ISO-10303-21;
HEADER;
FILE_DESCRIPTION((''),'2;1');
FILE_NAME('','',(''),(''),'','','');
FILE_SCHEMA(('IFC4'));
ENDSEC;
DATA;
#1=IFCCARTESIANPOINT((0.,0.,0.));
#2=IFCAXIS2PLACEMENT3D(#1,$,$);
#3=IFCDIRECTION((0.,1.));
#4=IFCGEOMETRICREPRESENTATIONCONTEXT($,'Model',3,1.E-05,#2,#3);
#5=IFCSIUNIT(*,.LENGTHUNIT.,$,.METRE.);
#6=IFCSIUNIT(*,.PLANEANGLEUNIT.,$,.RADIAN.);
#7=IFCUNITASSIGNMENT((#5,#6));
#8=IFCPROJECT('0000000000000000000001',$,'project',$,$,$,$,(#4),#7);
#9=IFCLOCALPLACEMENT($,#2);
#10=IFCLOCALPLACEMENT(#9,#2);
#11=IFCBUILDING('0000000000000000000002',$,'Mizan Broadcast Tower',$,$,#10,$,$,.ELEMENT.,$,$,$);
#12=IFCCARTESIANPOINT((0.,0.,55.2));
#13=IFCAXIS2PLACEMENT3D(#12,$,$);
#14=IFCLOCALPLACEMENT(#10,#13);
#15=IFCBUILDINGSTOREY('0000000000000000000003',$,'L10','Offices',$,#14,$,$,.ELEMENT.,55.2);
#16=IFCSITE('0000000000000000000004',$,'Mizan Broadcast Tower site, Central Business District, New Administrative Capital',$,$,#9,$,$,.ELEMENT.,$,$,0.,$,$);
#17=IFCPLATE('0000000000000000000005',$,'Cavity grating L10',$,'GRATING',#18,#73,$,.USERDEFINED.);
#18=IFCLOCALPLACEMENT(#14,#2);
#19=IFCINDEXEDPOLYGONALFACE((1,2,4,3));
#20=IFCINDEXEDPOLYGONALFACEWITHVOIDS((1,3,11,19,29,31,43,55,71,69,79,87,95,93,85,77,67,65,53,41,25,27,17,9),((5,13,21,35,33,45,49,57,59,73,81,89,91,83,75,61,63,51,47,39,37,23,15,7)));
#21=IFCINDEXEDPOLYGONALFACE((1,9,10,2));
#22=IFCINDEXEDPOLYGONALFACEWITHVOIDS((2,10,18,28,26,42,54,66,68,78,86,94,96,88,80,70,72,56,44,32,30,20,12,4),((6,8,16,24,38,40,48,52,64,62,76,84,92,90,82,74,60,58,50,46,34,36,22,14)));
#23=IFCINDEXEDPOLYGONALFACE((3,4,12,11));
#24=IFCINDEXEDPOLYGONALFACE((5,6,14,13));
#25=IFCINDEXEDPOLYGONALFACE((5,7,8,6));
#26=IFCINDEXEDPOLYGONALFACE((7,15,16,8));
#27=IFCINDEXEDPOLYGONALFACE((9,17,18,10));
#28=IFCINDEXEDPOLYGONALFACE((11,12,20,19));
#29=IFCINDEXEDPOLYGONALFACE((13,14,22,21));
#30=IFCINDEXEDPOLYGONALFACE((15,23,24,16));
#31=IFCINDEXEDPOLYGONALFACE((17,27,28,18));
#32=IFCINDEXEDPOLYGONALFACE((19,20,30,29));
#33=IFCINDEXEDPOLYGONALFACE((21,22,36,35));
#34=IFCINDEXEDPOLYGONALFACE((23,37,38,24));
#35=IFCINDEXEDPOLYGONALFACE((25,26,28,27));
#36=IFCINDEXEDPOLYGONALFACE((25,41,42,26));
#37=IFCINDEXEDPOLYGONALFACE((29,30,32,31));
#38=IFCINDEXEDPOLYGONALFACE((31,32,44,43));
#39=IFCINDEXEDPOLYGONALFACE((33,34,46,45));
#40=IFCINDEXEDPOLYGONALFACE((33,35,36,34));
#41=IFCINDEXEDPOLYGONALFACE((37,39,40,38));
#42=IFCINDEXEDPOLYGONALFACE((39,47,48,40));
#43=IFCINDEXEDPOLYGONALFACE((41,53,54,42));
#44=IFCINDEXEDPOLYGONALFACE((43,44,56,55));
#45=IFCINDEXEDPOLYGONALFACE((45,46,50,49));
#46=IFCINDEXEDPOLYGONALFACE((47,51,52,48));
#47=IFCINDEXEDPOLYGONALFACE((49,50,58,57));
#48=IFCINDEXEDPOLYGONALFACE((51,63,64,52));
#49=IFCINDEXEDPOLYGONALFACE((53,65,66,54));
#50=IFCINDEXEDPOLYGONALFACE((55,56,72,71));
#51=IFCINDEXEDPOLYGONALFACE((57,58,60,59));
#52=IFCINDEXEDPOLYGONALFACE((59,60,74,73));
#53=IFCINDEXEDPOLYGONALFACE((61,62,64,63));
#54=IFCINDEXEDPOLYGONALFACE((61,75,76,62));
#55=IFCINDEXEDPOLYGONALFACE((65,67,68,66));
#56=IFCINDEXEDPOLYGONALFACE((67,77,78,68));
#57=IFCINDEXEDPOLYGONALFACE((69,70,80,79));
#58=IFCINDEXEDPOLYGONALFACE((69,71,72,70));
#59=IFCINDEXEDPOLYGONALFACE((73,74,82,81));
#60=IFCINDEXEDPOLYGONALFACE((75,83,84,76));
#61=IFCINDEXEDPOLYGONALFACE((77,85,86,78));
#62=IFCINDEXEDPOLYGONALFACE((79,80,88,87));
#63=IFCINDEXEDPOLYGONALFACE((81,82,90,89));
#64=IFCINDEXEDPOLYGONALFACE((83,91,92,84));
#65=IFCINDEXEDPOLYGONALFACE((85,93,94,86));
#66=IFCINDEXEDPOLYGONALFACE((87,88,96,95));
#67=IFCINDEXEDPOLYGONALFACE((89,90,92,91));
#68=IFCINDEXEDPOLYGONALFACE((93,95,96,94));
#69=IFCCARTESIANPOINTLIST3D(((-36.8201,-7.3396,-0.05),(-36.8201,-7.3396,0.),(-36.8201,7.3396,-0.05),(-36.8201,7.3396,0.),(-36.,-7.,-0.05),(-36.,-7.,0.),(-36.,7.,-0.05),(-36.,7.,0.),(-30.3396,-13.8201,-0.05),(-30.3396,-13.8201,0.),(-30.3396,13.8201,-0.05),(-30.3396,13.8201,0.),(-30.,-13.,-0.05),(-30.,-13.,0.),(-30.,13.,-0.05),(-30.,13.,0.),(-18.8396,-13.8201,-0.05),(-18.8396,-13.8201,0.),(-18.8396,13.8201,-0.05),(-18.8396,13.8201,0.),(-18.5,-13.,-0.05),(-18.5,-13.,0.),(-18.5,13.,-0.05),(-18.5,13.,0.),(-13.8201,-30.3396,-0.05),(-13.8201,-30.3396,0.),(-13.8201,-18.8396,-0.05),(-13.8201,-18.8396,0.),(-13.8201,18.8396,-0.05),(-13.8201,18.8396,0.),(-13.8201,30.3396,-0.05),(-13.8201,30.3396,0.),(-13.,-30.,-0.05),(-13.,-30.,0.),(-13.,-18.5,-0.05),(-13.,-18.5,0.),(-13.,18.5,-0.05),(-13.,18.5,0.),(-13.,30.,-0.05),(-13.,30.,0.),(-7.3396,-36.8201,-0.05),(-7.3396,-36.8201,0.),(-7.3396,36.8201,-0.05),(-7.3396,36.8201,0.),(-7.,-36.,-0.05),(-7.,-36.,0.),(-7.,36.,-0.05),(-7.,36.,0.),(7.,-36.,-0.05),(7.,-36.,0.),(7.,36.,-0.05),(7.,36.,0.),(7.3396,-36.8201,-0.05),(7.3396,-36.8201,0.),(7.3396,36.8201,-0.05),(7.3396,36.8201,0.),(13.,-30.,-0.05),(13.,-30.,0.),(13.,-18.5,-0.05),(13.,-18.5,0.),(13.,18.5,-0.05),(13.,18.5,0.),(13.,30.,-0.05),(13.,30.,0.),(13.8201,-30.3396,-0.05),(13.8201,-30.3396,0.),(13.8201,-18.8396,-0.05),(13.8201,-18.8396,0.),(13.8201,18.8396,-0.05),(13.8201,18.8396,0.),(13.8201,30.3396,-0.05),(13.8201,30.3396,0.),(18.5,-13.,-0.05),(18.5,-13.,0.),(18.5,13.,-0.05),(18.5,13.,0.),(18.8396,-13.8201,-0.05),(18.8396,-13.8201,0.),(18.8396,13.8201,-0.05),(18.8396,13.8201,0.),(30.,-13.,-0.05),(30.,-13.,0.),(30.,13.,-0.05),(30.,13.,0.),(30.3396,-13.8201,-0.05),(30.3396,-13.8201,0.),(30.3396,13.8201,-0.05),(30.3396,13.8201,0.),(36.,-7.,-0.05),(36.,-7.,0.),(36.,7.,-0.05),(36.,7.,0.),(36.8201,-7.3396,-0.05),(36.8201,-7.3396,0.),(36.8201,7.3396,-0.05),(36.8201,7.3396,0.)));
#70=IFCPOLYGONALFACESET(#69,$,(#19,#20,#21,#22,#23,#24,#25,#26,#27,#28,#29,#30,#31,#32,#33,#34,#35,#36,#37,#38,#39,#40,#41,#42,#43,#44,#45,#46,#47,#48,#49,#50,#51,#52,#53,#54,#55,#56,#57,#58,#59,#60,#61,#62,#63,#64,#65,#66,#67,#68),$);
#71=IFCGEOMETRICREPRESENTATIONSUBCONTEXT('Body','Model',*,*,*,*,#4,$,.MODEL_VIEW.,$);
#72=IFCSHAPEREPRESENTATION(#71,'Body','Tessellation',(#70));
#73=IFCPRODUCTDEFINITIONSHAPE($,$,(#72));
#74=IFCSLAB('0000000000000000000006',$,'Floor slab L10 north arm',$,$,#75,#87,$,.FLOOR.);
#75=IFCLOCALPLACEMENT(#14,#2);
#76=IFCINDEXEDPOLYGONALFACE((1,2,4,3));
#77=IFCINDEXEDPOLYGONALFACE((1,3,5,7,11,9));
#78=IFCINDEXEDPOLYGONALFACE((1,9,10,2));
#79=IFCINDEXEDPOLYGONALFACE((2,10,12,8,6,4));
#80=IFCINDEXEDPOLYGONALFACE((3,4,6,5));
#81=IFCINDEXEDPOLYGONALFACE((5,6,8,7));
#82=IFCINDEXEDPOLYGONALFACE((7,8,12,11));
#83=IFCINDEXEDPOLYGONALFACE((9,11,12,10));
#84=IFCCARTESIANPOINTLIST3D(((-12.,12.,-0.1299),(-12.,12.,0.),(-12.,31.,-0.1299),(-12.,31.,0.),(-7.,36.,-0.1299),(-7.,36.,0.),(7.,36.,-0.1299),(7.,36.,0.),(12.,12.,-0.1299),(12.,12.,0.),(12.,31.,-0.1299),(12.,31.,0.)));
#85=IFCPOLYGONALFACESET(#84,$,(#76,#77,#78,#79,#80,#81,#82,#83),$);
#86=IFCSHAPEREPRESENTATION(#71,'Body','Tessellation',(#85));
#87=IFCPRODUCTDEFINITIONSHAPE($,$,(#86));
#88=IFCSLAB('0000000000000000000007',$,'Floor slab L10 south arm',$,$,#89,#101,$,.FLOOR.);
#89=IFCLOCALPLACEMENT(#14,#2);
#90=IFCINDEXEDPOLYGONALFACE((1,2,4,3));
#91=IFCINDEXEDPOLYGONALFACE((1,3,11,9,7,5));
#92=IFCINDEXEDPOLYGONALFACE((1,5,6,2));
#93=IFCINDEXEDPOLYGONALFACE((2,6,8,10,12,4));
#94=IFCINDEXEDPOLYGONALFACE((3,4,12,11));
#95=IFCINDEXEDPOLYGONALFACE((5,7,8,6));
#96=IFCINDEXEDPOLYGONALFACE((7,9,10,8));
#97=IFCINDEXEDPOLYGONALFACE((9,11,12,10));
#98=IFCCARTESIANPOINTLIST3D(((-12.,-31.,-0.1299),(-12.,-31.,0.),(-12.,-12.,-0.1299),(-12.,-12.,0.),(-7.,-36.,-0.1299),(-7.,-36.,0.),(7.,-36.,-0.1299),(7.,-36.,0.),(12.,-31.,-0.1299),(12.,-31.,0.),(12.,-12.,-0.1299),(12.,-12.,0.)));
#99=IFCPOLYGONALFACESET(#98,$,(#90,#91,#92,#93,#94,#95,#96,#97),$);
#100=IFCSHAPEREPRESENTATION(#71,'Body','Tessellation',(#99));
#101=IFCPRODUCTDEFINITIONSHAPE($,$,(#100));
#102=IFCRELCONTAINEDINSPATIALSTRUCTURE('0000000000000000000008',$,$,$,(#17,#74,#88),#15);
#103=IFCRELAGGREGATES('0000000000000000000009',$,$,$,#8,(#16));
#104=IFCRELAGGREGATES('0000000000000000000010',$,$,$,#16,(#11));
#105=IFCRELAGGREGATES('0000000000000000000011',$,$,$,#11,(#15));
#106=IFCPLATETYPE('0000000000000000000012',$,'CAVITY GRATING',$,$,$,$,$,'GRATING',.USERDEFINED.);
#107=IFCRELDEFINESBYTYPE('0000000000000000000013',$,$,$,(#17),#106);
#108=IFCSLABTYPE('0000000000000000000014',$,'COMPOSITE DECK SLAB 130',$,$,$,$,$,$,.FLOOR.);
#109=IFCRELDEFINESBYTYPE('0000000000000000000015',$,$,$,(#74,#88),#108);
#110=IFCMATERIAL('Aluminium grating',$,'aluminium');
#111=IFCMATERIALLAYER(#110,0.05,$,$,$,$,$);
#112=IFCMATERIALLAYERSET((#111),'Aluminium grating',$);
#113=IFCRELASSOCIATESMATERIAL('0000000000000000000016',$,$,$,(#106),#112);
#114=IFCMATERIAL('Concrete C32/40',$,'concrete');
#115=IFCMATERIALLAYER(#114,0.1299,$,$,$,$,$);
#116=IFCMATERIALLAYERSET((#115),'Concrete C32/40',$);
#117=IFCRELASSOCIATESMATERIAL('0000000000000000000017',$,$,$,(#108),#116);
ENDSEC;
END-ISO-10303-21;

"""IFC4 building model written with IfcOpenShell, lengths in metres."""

from ifc_helpers import new_model, si_unit, direction, frame, origin, place, context, subcontext, project, spatial, polyline, outline, extrude, material, layer, layer_set, type_object, element, save


model = new_model("IFC4")

# Units and contexts
model_context = context("Model", 3, precision=1e-05, world=origin(), true_north=direction((0.0, 1.0)))
body_context = subcontext(model_context, "Body", "Model", "MODEL_VIEW")
ifc_project = project(units=[si_unit("LENGTHUNIT", "METRE"), si_unit("PLANEANGLEUNIT", "RADIAN")], contexts=[model_context])

# Site, building, storey
site_placement = place(None, origin())
site = spatial("IfcSite", under=ifc_project, at=site_placement, Name="Mizan Broadcast Tower site, Central Business District, New Administrative Capital", CompositionType="ELEMENT", RefElevation=0.0)
building_placement = place(site_placement, origin())
building = spatial("IfcBuilding", under=site, at=building_placement, Name="Mizan Broadcast Tower", CompositionType="ELEMENT")
storey_placement = place(building_placement, frame((0.0, 0.0, 55.2)))
storey = spatial("IfcBuildingStorey", under=building, at=storey_placement, Name="L10", Description="Offices", CompositionType="ELEMENT", Elevation=55.2)

# Plate
ifc_material_1 = material(Name="Aluminium grating", Category="aluminium")
ifc_layer_1 = layer(ifc_material_1, 0.05)
ifc_layer_set_1 = layer_set([ifc_layer_1], Name="Aluminium grating")
plate_type = type_object("IfcPlateType", Name="CAVITY GRATING", ElementType="GRATING", PredefinedType="USERDEFINED", material=ifc_layer_set_1)
plate_placement = place(storey_placement, frame((0.0, 0.0, -0.05)))
element("IfcPlate", 1, at=plate_placement, inside=storey, type_object=plate_type, Name="Cavity grating L10", ObjectType="GRATING", PredefinedType="USERDEFINED", context=body_context, shape_type="SweptSolid", body=[
    extrude(outline(polyline([(13.8201, -18.8396), (18.8396, -13.8201), (30.3396, -13.8201), (36.8201, -7.3396), (36.8201, 7.3396), (30.3396, 13.8201), (18.8396, 13.8201), (13.8201, 18.8396), (13.8201, 30.3396), (7.3396, 36.8201), (-7.3396, 36.8201), (-13.8201, 30.3396), (-13.8201, 18.8396), (-18.8396, 13.8201), (-30.3396, 13.8201), (-36.8201, 7.3396), (-36.8201, -7.3396), (-30.3396, -13.8201), (-18.8396, -13.8201), (-13.8201, -18.8396), (-13.8201, -30.3396), (-7.3396, -36.8201), (7.3396, -36.8201), (13.8201, -30.3396), (13.8201, -18.8396)]), holes=[polyline([(36.0, 7.0), (36.0, -7.0), (30.0, -13.0), (18.5, -13.0), (13.0, -18.5), (13.0, -30.0), (7.0, -36.0), (-7.0, -36.0), (-13.0, -30.0), (-13.0, -18.5), (-18.5, -13.0), (-30.0, -13.0), (-36.0, -7.0), (-36.0, 7.0), (-30.0, 13.0), (-18.5, 13.0), (-13.0, 18.5), (-13.0, 30.0), (-7.0, 36.0), (7.0, 36.0), (13.0, 30.0), (13.0, 18.5), (18.5, 13.0), (30.0, 13.0), (36.0, 7.0)])]), origin(), (0.0, 0.0, 1.0), 0.05),
])

# Slabs
ifc_material_2 = material(Name="Concrete C32/40", Category="concrete")
ifc_layer_2 = layer(ifc_material_2, 0.1299)
ifc_layer_set_2 = layer_set([ifc_layer_2], Name="Concrete C32/40")
slab_type_1 = type_object("IfcSlabType", Name="COMPOSITE DECK SLAB 130", PredefinedType="FLOOR", material=ifc_layer_set_2)
slab_1_placement = place(storey_placement, frame((0.0, 0.0, -0.1299)))
element("IfcSlab", 2, at=slab_1_placement, inside=storey, type_object=slab_type_1, Name="Floor slab L10 north arm", PredefinedType="FLOOR", context=body_context, shape_type="SweptSolid", body=[
    extrude(outline(polyline([(-7.0, 36.0), (-12.0, 31.0), (-12.0, 12.0), (12.0, 12.0), (12.0, 31.0), (7.0, 36.0), (-7.0, 36.0)])), origin(), (0.0, 0.0, 1.0), 0.1299),
])
slab_2_placement = place(storey_placement, frame((0.0, 0.0, -0.1299)))
element("IfcSlab", 3, at=slab_2_placement, inside=storey, type_object=slab_type_1, Name="Floor slab L10 south arm", PredefinedType="FLOOR", context=body_context, shape_type="SweptSolid", body=[
    extrude(outline(polyline([(7.0, -36.0), (12.0, -31.0), (12.0, -12.0), (-12.0, -12.0), (-12.0, -31.0), (-7.0, -36.0), (7.0, -36.0)])), origin(), (0.0, 0.0, 1.0), 0.1299),
])

save(model, "model.ifc")
